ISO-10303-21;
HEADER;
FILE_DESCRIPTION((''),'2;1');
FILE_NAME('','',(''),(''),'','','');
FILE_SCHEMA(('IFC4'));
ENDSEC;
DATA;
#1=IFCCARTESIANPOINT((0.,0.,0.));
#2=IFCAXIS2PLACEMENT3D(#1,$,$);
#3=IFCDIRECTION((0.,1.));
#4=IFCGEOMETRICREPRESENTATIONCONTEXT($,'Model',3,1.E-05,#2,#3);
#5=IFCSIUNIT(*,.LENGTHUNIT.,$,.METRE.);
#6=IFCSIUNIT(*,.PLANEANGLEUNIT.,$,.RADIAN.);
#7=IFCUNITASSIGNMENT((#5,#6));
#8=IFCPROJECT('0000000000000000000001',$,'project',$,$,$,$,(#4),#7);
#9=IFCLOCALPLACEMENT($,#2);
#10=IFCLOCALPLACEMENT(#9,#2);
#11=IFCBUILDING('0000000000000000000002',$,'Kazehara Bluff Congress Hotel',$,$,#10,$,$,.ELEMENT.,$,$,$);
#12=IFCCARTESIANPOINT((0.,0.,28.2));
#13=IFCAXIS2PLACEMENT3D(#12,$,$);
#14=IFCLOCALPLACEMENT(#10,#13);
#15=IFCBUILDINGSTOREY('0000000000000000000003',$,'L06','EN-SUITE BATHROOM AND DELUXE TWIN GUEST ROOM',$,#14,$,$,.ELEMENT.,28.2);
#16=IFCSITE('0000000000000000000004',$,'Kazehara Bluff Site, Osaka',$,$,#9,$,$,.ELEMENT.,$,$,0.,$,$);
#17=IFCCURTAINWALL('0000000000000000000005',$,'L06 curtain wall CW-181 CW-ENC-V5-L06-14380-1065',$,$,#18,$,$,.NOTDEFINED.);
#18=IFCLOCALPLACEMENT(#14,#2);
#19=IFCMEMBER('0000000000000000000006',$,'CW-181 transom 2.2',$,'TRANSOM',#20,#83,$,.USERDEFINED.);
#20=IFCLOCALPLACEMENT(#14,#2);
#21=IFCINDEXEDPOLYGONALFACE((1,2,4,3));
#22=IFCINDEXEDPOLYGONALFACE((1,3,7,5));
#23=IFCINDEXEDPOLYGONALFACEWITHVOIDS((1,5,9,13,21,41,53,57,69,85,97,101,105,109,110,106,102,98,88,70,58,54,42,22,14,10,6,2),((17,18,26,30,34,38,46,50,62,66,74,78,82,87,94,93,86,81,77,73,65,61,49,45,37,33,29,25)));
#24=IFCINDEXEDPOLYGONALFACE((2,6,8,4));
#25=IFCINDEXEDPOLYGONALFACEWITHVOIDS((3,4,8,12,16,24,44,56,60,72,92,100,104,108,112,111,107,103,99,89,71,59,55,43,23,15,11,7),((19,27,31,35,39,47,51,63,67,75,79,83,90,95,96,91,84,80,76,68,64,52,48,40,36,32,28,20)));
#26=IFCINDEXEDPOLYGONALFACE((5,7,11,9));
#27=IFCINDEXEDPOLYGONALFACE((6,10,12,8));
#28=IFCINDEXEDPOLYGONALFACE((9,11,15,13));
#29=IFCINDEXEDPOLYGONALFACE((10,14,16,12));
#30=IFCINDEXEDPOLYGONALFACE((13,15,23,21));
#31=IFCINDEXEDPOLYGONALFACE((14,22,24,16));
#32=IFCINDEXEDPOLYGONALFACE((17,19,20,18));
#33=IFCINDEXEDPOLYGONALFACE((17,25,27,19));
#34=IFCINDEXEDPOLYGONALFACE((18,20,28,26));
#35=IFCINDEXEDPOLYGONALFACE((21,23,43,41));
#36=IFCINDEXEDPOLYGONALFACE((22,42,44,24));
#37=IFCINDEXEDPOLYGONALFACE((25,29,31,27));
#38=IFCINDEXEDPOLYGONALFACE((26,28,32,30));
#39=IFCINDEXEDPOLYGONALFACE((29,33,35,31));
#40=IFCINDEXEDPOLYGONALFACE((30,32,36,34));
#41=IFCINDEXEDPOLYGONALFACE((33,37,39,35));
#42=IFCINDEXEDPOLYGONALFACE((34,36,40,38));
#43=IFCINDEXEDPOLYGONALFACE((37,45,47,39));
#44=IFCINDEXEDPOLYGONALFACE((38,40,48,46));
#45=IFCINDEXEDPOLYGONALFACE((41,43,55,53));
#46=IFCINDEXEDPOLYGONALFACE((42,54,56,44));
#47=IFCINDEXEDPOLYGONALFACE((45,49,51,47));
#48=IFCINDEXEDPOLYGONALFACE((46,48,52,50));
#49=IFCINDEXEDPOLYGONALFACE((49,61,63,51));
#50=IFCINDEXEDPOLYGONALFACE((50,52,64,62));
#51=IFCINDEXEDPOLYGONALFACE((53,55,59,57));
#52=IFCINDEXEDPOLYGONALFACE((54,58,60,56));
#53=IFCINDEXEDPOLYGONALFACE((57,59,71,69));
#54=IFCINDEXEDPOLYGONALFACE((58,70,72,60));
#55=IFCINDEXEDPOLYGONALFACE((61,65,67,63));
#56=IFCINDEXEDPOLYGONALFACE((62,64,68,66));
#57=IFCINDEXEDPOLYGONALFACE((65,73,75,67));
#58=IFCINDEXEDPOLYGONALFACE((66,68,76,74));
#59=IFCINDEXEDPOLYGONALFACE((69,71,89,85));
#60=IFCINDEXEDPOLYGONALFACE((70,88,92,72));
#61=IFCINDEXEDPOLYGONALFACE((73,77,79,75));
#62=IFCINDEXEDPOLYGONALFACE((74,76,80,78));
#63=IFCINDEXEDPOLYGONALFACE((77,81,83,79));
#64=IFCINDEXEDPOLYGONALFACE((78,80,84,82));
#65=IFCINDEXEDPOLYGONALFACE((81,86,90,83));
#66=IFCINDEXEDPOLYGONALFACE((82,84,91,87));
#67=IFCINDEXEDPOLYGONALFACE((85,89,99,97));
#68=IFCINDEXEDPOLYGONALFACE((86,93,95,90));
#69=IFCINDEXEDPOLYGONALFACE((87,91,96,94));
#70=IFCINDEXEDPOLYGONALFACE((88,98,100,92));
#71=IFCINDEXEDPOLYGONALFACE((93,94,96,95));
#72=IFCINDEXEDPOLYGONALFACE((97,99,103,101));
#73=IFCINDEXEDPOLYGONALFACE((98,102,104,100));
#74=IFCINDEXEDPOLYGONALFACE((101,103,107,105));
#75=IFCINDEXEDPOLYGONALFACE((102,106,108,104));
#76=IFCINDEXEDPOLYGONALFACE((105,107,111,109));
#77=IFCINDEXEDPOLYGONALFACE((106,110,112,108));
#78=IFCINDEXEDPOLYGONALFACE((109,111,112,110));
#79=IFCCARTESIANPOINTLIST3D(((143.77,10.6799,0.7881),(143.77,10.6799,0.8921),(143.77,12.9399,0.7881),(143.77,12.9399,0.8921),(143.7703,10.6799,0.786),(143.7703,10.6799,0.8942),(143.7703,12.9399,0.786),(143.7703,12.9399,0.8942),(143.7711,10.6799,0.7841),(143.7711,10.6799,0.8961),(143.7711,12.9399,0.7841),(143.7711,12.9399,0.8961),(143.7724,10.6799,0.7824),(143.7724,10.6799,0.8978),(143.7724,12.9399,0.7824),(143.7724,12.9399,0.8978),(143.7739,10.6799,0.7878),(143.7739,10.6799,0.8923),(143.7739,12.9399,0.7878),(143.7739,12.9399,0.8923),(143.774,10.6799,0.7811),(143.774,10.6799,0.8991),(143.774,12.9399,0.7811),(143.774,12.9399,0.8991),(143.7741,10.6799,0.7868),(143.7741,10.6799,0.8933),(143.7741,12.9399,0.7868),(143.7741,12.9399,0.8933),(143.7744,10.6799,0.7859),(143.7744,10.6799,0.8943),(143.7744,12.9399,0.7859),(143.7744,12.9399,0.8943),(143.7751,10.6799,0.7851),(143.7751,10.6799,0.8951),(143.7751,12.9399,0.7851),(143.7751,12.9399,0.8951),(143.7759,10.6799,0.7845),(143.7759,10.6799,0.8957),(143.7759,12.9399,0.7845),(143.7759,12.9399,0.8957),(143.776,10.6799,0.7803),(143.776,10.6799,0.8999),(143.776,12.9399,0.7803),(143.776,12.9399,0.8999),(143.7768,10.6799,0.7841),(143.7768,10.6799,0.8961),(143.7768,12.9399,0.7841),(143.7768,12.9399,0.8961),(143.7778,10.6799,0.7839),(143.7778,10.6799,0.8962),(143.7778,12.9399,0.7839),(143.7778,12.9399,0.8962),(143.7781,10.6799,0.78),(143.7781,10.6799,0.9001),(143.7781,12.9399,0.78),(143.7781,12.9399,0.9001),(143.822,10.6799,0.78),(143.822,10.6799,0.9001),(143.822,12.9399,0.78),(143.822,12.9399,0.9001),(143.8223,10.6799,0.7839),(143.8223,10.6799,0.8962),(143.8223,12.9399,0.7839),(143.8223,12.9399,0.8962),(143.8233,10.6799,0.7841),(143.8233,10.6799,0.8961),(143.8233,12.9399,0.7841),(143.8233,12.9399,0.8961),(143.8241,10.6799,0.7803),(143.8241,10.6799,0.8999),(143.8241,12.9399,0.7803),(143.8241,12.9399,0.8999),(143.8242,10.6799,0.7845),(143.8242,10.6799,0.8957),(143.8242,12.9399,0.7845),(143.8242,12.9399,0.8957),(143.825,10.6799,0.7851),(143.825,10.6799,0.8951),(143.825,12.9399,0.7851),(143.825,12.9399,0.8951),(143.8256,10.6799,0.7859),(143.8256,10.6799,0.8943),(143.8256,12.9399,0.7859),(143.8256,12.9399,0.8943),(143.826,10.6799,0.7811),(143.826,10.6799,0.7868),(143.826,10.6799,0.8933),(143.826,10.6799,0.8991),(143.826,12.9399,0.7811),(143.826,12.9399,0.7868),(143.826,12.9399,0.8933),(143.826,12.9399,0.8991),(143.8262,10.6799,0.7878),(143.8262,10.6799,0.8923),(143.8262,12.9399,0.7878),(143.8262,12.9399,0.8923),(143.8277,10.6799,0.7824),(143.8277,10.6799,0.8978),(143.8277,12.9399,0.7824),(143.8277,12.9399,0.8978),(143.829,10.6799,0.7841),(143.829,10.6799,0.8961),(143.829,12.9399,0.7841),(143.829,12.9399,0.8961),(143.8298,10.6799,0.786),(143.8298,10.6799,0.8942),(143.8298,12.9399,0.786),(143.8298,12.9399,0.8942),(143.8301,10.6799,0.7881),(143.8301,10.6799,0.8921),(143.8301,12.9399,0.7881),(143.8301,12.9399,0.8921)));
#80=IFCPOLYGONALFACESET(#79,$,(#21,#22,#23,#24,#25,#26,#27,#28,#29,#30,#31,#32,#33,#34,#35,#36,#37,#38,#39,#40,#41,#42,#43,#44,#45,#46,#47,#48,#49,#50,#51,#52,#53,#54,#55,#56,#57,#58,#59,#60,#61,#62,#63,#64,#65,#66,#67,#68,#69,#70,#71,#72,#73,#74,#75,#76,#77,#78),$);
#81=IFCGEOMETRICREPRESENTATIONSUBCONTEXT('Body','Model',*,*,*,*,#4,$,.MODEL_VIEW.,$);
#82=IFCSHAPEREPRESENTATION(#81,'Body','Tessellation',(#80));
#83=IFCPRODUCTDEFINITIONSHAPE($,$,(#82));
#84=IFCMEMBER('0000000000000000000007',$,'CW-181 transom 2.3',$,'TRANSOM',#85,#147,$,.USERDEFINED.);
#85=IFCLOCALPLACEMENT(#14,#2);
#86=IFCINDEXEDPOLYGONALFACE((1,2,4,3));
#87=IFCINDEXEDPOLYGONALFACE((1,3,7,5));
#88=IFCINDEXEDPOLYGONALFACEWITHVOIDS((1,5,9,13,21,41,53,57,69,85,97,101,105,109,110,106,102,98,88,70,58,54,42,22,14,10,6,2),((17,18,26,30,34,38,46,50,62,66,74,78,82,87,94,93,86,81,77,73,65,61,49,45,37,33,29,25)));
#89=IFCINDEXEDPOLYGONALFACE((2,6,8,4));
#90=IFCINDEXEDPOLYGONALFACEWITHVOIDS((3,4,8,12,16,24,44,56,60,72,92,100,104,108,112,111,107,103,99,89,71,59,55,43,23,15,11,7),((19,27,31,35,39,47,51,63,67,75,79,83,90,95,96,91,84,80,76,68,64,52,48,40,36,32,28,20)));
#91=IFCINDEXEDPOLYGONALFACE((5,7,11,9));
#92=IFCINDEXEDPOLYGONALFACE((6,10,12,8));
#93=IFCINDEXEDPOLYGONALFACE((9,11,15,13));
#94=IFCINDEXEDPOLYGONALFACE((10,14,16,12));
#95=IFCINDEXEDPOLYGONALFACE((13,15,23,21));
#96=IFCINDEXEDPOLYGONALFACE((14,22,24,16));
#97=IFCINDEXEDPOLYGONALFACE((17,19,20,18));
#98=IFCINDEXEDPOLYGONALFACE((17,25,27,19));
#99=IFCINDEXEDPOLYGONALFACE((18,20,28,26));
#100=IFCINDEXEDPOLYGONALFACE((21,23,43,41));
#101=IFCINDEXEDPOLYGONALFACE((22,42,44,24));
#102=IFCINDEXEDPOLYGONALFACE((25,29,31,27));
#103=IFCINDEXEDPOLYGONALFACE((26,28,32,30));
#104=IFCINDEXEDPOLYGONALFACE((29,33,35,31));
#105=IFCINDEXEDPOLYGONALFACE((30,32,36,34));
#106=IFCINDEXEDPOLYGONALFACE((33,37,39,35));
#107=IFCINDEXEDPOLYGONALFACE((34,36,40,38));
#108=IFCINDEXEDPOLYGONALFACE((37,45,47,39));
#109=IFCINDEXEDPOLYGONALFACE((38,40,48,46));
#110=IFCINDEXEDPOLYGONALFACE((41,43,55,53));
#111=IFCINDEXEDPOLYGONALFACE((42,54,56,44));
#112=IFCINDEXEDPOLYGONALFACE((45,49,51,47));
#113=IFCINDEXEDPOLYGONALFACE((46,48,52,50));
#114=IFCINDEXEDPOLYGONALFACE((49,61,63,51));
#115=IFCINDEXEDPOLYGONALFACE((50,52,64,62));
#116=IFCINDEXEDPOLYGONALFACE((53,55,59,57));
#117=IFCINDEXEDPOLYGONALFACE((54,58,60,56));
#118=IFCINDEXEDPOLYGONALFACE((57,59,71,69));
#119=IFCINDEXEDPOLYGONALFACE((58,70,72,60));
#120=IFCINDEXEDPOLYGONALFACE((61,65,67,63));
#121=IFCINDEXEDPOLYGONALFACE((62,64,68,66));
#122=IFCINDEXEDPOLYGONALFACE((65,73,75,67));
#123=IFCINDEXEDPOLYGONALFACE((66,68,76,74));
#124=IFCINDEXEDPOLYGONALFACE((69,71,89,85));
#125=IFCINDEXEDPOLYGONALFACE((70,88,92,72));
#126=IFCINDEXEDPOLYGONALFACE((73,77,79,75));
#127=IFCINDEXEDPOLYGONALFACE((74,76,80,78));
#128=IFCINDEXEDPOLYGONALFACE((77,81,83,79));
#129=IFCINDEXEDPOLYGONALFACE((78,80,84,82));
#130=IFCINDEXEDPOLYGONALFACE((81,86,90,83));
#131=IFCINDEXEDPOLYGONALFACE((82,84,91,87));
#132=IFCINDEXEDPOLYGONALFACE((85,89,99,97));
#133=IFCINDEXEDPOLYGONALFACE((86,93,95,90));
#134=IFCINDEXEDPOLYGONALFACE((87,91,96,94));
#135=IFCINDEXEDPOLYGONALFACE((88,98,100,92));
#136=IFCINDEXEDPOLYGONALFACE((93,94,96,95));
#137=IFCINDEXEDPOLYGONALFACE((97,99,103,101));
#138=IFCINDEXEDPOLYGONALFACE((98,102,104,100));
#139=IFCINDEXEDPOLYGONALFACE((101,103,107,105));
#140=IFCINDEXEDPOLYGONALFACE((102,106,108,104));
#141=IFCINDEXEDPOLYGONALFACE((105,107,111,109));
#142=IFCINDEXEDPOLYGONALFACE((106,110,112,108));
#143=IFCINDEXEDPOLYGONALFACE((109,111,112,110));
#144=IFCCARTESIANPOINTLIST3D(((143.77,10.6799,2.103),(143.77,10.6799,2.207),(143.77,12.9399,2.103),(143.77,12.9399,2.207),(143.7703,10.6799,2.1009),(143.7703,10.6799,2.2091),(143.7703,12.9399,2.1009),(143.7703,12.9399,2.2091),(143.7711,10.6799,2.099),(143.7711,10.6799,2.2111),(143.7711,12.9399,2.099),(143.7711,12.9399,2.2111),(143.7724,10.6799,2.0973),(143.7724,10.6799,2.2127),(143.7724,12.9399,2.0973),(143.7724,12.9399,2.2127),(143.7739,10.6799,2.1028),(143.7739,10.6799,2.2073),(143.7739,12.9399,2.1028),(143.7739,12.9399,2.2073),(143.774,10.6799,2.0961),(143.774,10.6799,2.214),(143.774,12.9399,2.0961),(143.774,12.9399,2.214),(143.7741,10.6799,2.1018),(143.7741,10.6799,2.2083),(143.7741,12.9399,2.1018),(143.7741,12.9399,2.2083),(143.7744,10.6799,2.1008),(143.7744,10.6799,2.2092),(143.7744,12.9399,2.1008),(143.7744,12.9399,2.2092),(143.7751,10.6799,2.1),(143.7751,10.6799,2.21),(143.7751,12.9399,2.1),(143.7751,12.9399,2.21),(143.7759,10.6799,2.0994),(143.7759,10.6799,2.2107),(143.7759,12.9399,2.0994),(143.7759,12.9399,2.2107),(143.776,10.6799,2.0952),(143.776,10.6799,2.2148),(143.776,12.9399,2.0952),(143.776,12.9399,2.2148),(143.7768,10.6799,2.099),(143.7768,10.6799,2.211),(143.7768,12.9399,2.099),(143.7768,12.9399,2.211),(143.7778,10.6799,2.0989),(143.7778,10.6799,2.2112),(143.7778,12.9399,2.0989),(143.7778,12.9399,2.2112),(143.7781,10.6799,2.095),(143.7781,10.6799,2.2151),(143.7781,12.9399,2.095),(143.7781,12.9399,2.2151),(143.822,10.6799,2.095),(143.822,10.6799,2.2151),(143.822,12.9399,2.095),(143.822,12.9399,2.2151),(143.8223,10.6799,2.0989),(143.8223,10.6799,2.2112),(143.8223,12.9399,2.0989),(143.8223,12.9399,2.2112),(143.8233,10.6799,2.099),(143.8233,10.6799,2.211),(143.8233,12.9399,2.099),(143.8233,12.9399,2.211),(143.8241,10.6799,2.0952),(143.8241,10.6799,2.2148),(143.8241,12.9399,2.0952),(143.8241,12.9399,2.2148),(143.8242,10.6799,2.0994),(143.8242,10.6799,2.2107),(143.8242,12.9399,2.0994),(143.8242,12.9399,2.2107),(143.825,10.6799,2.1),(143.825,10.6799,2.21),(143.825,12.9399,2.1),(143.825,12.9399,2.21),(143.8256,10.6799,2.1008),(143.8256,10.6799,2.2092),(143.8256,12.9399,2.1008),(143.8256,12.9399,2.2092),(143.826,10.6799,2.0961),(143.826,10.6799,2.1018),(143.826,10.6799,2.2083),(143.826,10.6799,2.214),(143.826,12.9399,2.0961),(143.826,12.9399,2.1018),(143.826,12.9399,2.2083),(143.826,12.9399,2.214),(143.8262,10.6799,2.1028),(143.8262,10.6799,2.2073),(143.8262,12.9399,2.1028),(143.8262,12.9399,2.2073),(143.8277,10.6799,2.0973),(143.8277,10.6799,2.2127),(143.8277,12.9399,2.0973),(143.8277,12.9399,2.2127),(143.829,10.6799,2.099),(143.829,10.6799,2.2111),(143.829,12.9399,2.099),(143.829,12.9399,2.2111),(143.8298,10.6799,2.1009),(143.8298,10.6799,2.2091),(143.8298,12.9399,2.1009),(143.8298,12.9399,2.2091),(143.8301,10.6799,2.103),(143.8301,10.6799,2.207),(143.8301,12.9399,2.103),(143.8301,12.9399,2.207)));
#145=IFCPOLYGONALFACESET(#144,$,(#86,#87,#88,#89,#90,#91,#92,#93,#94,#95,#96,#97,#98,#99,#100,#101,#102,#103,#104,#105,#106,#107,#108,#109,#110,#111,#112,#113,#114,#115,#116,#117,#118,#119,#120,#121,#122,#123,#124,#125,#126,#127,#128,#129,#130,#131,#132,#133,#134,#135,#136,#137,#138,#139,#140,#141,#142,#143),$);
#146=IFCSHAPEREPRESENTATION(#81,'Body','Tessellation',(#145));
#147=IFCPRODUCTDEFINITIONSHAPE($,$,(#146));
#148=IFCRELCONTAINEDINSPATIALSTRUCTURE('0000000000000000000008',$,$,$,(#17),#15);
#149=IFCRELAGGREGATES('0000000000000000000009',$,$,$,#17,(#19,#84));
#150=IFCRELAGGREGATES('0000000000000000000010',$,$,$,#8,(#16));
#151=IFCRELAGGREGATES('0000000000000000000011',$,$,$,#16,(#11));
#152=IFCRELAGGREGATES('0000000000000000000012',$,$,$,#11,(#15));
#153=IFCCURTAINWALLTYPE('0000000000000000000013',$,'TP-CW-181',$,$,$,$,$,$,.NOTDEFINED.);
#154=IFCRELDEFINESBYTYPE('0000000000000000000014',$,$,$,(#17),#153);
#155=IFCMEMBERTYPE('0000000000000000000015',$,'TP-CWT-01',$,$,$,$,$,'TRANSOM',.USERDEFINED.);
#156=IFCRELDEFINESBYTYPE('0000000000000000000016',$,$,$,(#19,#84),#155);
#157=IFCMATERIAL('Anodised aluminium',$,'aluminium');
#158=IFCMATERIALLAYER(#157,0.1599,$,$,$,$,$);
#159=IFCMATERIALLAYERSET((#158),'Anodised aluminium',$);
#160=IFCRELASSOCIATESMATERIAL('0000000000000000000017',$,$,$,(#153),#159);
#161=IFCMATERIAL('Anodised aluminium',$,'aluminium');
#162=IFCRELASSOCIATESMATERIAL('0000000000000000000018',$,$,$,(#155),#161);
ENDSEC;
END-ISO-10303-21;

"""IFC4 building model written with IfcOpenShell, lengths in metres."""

from ifc_helpers import new_model, si_unit, direction, frame, origin, origin_2d, place, context, subcontext, project, spatial, hollow_rectangle, extrude, material, layer, layer_set, material_profile, profile_set, type_object, element, aggregate, save


model = new_model("IFC4")

# Units and contexts
model_context = context("Model", 3, precision=1e-05, world=origin(), true_north=direction((0.0, 1.0)))
body_context = subcontext(model_context, "Body", "Model", "MODEL_VIEW")
ifc_project = project(units=[si_unit("LENGTHUNIT", "METRE"), si_unit("PLANEANGLEUNIT", "RADIAN")], contexts=[model_context])

# Site, building, storey
site_placement = place(None, origin())
site = spatial("IfcSite", under=ifc_project, at=site_placement, Name="Kazehara Bluff Site, Osaka", CompositionType="ELEMENT", RefElevation=0.0)
building_placement = place(site_placement, origin())
building = spatial("IfcBuilding", under=site, at=building_placement, Name="Kazehara Bluff Congress Hotel", CompositionType="ELEMENT")
storey_placement = place(building_placement, frame((0.0, 0.0, 28.2)))
storey = spatial("IfcBuildingStorey", under=building, at=storey_placement, Name="L06", Description="EN-SUITE BATHROOM AND DELUXE TWIN GUEST ROOM", CompositionType="ELEMENT", Elevation=28.2)

# Curtain wall
ifc_material_1 = material(Name="Anodised aluminium", Category="aluminium")
ifc_layer_1 = layer(ifc_material_1, 0.1599)
ifc_layer_set_1 = layer_set([ifc_layer_1], Name="Anodised aluminium")
curtain_wall_type_1 = type_object("IfcCurtainWallType", Name="TP-CW-181", PredefinedType="NOTDEFINED", material=ifc_layer_set_1)
curtain_wall_1_placement = place(storey_placement, origin())
curtain_wall_1 = element("IfcCurtainWall", 1, at=curtain_wall_1_placement, inside=storey, type_object=curtain_wall_type_1, Name="L06 curtain wall CW-181 CW-ENC-V5-L06-14380-1065", PredefinedType="NOTDEFINED")

# Members
ifc_material_2 = material(Name="Anodised aluminium", Category="aluminium")
ifc_material_profile_1 = material_profile(ifc_material_2, hollow_rectangle(XDim=0.0601, YDim=0.1201, WallThickness=0.0039, InnerFilletRadius=0.0039, OuterFilletRadius=0.0081, at=origin_2d()))
ifc_profile_set_1 = profile_set([ifc_material_profile_1], Name="Anodised aluminium")
member_type_1 = type_object("IfcMemberType", Name="TP-CWT-01", ElementType="TRANSOM", PredefinedType="USERDEFINED", material=ifc_profile_set_1)
member_1_placement = place(storey_placement, frame((143.8, 10.6799, 0.8401), z_axis=(0.0, 1.0, 0.0), x_axis=(-1.0, 0.0, 0.0)))
member_1 = element("IfcMember", 2, at=member_1_placement, type_object=member_type_1, Name="CW-181 transom 2.2", ObjectType="TRANSOM", PredefinedType="USERDEFINED", context=body_context, shape_type="SweptSolid", body=[
    extrude(hollow_rectangle(XDim=0.0601, YDim=0.1201, WallThickness=0.0039, InnerFilletRadius=0.0039, OuterFilletRadius=0.0081, at=origin_2d()), origin(), (0.0, 0.0, 1.0), 2.26),
])
member_2_placement = place(storey_placement, frame((143.8, 10.6799, 2.155), z_axis=(0.0, 1.0, 0.0), x_axis=(-1.0, 0.0, 0.0)))
member_2 = element("IfcMember", 3, at=member_2_placement, type_object=member_type_1, Name="CW-181 transom 2.3", ObjectType="TRANSOM", PredefinedType="USERDEFINED", context=body_context, shape_type="SweptSolid", body=[
    extrude(hollow_rectangle(XDim=0.0601, YDim=0.1201, WallThickness=0.0039, InnerFilletRadius=0.0039, OuterFilletRadius=0.0081, at=origin_2d()), origin(), (0.0, 0.0, 1.0), 2.26),
])

aggregate(curtain_wall_1, [member_1, member_2])

save(model, "model.ifc")
